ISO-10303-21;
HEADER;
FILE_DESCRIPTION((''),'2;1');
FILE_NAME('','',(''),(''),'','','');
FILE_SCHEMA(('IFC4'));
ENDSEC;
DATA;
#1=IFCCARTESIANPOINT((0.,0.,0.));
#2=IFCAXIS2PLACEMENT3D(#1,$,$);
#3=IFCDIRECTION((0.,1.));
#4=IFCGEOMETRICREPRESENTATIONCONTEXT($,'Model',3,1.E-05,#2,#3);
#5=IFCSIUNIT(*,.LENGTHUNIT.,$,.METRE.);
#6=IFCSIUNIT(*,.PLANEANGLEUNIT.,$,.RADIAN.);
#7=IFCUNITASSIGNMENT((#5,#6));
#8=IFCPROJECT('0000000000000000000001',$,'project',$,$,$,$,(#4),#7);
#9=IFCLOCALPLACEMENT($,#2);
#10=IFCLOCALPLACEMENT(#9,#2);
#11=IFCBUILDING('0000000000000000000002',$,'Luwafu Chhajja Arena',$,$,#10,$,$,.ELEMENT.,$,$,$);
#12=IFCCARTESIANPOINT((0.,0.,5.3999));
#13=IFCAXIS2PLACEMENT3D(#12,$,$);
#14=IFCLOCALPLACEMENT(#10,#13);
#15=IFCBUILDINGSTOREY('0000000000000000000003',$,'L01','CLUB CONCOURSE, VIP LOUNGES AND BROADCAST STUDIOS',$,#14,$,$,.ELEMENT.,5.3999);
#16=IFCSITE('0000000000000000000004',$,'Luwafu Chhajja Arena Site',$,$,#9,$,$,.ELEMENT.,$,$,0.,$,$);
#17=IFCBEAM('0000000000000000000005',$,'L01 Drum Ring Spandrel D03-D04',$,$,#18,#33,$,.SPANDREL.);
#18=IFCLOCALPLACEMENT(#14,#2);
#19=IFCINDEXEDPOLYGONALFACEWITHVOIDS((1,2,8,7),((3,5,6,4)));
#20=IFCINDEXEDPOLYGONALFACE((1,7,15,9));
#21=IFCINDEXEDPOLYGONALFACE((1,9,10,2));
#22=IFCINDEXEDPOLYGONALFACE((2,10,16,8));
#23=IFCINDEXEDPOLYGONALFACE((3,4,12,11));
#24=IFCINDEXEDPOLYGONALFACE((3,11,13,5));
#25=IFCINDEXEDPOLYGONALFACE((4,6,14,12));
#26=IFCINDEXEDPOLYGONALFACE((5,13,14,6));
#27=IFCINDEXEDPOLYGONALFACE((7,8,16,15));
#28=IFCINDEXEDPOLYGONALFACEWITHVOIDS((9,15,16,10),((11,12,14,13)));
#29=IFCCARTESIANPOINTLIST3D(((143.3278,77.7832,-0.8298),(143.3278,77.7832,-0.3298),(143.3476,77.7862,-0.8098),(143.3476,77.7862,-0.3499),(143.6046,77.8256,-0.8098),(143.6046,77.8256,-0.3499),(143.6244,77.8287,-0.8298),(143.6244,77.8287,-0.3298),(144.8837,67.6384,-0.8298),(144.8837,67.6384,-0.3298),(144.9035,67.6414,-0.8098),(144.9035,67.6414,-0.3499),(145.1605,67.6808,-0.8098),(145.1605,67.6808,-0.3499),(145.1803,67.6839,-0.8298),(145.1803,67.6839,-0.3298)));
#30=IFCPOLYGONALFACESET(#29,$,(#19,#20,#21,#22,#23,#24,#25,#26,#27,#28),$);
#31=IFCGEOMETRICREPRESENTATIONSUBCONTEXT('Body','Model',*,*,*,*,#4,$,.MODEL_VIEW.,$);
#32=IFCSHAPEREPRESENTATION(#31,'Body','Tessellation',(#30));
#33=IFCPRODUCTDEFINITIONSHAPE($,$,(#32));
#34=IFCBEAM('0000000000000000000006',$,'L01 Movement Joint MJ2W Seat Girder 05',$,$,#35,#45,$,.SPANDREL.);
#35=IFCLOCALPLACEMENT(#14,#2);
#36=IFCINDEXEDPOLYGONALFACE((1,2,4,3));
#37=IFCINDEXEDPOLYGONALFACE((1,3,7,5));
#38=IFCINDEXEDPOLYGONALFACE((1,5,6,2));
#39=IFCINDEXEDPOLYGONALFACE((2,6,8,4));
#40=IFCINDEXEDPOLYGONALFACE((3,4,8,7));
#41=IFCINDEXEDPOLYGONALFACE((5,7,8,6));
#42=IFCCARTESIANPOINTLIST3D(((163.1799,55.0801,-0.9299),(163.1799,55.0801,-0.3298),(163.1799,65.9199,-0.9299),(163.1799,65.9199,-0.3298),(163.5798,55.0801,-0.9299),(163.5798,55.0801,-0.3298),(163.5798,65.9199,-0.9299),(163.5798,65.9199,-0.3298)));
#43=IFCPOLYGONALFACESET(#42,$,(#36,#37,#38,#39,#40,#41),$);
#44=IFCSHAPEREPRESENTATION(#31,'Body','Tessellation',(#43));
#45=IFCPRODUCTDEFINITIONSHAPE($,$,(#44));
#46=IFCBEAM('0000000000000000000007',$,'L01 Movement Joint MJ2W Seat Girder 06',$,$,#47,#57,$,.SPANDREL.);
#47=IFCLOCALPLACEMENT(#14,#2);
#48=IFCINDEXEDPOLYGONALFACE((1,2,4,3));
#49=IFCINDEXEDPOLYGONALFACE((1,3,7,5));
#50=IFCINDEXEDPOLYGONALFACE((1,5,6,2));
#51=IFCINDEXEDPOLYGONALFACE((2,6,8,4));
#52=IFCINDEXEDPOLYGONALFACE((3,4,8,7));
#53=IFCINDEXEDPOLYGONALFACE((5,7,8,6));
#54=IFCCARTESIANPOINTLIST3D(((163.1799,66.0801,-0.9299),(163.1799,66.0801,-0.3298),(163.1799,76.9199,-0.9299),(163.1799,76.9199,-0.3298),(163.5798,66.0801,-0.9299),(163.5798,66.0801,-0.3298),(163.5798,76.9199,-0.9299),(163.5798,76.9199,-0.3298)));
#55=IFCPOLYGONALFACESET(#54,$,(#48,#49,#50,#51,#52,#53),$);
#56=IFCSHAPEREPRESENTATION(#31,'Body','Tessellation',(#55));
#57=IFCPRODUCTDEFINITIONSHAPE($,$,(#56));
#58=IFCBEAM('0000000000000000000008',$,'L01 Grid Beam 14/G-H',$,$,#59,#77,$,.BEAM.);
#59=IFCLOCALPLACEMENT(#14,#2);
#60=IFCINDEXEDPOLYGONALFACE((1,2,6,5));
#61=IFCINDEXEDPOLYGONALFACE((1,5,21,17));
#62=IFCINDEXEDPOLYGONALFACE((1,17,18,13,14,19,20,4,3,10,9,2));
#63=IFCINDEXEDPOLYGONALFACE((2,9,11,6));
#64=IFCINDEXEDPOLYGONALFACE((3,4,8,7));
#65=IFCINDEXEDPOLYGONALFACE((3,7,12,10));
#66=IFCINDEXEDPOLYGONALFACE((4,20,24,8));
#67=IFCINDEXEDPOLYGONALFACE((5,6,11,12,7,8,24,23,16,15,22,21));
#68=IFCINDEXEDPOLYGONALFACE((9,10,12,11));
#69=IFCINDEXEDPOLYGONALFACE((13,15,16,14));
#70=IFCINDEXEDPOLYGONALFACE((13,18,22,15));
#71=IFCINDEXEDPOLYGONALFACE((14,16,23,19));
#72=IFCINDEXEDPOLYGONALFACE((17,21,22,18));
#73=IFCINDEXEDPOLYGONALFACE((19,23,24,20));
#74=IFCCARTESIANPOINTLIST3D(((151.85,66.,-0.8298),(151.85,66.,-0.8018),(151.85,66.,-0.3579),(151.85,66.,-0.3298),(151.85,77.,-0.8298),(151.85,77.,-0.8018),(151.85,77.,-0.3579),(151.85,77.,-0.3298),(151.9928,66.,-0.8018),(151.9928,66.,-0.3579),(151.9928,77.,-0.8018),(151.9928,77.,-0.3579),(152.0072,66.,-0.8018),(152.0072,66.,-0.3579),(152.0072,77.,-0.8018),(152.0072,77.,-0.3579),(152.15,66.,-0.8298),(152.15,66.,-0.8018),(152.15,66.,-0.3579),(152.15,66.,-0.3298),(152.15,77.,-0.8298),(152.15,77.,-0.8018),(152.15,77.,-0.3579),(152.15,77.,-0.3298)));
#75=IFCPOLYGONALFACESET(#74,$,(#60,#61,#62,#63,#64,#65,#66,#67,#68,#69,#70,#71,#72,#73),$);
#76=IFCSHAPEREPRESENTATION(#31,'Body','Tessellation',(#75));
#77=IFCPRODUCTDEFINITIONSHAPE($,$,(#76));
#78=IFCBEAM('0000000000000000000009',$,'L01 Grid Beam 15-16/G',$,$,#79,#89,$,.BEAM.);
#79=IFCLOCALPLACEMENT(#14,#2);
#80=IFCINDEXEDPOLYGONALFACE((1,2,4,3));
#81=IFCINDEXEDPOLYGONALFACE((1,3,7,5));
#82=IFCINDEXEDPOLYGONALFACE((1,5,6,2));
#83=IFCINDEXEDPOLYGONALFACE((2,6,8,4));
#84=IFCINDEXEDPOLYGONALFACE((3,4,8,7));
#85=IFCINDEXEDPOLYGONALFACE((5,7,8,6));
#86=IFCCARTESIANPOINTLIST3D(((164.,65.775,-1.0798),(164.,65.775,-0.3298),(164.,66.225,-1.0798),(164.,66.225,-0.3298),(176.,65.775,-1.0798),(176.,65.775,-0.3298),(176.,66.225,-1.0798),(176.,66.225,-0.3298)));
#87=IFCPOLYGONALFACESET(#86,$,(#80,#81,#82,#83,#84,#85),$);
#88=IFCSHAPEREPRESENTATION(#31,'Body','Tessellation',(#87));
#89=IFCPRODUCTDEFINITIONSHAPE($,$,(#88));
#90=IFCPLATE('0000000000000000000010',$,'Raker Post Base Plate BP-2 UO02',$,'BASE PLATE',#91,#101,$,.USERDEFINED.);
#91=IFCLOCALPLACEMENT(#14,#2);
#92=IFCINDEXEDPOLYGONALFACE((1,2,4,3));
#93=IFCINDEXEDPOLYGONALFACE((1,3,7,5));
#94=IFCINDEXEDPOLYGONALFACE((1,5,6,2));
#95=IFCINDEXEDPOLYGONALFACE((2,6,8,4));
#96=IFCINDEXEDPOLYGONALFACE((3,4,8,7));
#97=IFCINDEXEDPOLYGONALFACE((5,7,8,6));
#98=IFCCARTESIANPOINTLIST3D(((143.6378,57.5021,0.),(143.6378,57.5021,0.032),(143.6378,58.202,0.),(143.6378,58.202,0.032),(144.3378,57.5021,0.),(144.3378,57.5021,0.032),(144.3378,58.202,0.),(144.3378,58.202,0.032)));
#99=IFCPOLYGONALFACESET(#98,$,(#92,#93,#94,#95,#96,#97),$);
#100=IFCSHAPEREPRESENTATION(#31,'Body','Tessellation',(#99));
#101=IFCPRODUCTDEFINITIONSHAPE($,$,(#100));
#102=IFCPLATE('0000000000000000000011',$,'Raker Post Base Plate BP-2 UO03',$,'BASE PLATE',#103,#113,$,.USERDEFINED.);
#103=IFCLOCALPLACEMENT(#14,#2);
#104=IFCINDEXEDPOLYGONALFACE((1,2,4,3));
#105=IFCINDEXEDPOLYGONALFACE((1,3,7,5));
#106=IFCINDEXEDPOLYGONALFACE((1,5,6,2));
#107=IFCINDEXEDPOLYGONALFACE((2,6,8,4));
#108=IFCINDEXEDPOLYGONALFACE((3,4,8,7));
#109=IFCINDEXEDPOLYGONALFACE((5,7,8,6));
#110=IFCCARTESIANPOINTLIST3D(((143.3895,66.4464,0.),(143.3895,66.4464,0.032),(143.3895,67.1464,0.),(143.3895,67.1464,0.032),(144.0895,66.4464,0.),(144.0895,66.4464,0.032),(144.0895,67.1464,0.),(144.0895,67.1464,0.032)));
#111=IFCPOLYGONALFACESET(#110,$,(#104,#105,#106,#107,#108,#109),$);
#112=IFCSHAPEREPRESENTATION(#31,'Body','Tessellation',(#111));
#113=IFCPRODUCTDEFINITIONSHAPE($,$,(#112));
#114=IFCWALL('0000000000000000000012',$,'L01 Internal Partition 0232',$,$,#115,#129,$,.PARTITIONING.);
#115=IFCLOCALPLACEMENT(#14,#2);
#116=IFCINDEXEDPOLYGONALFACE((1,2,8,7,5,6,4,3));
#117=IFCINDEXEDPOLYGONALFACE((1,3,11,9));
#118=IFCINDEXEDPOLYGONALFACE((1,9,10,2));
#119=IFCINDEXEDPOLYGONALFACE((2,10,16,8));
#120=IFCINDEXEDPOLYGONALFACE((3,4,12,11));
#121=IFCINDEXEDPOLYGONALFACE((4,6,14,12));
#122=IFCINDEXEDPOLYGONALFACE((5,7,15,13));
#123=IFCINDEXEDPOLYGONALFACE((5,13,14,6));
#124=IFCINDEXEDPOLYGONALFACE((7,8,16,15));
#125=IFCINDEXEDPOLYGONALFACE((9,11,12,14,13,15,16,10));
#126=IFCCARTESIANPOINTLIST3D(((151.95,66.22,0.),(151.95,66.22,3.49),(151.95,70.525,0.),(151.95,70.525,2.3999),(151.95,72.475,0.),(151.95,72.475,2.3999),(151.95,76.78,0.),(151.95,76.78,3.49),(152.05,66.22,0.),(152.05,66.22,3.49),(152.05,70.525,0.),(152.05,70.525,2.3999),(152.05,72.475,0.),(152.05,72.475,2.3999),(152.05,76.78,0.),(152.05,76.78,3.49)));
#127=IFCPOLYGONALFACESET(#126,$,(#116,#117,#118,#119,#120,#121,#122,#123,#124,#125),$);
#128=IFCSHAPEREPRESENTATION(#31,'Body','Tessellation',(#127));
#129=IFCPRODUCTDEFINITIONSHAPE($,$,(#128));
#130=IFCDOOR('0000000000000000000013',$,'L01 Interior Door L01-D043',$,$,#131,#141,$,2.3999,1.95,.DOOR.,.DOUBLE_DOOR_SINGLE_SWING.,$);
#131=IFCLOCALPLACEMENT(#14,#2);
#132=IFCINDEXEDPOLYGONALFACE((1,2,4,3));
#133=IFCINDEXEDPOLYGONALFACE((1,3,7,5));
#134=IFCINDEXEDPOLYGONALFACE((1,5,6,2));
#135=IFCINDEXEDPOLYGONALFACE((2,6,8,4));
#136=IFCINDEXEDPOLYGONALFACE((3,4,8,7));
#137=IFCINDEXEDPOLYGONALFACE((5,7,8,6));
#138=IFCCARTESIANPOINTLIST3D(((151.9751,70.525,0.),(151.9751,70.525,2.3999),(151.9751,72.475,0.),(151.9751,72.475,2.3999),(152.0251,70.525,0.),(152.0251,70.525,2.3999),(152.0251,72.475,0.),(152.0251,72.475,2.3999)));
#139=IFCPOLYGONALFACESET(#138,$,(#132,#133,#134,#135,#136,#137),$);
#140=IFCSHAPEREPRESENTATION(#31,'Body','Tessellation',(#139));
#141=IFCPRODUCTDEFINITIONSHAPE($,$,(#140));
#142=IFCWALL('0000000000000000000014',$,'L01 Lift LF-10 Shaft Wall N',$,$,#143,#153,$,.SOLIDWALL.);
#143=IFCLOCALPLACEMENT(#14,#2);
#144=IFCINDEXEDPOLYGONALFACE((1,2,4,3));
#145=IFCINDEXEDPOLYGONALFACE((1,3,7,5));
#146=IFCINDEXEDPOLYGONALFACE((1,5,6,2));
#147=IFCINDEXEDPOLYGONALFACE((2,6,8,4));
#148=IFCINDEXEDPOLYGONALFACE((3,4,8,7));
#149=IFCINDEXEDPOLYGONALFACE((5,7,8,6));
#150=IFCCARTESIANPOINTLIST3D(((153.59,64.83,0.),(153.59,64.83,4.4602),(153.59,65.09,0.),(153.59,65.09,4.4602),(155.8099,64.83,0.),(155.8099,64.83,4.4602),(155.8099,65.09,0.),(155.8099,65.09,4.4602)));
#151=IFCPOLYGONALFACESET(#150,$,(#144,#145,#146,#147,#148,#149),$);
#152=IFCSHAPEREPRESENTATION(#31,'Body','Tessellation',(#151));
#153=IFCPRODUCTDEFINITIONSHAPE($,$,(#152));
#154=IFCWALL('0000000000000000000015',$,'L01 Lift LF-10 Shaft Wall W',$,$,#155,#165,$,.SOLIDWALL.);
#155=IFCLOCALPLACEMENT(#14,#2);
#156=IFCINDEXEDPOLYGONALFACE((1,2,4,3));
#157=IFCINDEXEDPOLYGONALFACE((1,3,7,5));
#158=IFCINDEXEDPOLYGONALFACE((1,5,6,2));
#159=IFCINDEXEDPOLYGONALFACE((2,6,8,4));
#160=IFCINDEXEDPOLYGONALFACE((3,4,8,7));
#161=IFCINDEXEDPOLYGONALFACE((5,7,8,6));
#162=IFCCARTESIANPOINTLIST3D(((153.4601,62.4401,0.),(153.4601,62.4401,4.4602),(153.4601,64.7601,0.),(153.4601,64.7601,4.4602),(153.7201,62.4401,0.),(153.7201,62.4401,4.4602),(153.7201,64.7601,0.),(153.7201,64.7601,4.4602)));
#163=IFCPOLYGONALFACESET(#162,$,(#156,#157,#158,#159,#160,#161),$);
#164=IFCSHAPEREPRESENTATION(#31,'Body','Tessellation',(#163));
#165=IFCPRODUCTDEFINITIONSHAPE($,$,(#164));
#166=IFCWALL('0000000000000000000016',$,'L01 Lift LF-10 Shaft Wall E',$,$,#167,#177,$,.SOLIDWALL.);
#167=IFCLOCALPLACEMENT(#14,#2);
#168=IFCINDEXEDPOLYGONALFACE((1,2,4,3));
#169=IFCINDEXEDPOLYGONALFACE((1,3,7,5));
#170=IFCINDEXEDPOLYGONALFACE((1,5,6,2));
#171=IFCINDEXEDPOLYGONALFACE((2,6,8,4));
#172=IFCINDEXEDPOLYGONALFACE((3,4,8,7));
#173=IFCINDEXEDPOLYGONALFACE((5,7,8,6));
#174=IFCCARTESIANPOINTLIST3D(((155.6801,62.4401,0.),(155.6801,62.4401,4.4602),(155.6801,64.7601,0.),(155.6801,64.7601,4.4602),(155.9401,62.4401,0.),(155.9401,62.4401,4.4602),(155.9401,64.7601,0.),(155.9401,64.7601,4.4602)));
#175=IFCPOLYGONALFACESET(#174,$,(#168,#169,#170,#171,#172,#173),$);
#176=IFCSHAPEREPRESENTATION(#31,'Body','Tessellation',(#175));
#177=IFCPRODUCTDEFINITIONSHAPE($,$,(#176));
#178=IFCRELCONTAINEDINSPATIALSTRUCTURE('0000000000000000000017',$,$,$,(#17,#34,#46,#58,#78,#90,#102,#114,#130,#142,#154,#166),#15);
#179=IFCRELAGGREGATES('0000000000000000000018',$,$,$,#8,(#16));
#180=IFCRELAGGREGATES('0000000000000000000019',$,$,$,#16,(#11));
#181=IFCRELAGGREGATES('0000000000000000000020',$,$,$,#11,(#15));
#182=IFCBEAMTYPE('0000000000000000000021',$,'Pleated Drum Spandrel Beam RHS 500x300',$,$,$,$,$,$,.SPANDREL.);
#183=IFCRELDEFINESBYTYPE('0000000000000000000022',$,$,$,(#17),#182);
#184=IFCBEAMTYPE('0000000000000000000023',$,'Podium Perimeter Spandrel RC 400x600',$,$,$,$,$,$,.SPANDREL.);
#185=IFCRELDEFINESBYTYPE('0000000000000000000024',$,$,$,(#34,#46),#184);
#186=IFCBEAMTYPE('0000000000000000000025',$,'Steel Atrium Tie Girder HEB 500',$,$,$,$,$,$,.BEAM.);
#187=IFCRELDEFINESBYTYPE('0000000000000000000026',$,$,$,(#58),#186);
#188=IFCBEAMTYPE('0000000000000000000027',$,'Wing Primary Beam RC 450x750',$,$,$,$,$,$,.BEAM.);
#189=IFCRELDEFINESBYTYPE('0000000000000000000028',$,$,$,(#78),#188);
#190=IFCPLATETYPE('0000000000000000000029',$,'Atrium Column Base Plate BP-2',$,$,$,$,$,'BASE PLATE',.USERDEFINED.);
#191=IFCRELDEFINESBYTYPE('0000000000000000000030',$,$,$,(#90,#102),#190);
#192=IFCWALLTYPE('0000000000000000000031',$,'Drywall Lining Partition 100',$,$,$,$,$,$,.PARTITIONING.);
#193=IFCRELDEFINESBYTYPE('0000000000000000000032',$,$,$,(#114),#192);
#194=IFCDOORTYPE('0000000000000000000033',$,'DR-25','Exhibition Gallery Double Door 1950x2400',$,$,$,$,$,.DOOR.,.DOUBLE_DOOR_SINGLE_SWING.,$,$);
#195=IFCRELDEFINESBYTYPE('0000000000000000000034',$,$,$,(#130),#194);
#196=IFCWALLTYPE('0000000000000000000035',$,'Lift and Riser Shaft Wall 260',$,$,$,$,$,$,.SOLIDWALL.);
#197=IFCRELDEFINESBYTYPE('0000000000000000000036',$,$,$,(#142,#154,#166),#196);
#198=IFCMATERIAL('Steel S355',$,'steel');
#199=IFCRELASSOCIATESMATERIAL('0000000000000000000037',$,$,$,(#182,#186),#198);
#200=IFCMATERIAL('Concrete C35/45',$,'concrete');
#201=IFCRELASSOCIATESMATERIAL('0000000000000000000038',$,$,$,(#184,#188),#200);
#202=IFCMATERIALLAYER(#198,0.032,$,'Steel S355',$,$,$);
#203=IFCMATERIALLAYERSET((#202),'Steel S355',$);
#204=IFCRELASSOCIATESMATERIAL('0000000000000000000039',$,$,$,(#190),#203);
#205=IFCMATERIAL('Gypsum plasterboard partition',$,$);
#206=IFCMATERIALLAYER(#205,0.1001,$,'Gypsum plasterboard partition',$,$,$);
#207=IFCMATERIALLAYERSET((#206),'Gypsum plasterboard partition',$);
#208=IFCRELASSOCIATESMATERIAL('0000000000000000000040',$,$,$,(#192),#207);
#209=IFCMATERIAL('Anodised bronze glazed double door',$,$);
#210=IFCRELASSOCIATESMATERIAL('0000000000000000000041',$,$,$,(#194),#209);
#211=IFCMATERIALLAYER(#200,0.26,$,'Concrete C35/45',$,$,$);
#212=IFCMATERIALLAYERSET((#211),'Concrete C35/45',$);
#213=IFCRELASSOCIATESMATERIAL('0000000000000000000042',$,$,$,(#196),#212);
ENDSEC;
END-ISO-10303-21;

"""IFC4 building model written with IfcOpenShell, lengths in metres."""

from ifc_helpers import new_model, si_unit, direction, frame, frame_2d, origin, origin_2d, place, context, subcontext, project, spatial, rectangle, hollow_rectangle, i_section, extrude, material, layer, layer_set, material_profile, profile_set, type_object, element, fill, save


model = new_model("IFC4")

# Units and contexts
model_context = context("Model", 3, precision=1e-05, world=origin(), true_north=direction((0.0, 1.0)))
body_context = subcontext(model_context, "Body", "Model", "MODEL_VIEW")
ifc_project = project(units=[si_unit("LENGTHUNIT", "METRE"), si_unit("PLANEANGLEUNIT", "RADIAN")], contexts=[model_context])

# Site, building, storey
site_placement = place(None, origin())
site = spatial("IfcSite", under=ifc_project, at=site_placement, Name="Luwafu Chhajja Arena Site", CompositionType="ELEMENT", RefElevation=0.0)
building_placement = place(site_placement, origin())
building = spatial("IfcBuilding", under=site, at=building_placement, Name="Luwafu Chhajja Arena", CompositionType="ELEMENT")
storey_placement = place(building_placement, frame((0.0, 0.0, 5.3999)))
storey = spatial("IfcBuildingStorey", under=building, at=storey_placement, Name="L01", Description="CLUB CONCOURSE, VIP LOUNGES AND BROADCAST STUDIOS", CompositionType="ELEMENT", Elevation=5.3999)

# Shared definitions
ifc_material_1 = material(Name="Concrete C35/45", Category="concrete")
ifc_material_2 = material(Name="Steel S355", Category="steel")

# Beams
ifc_material_profile_1 = material_profile(ifc_material_2, hollow_rectangle(XDim=0.3, YDim=0.5, WallThickness=0.02, at=origin_2d()), Name="RHS 500x300x20")
ifc_profile_set_1 = profile_set([ifc_material_profile_1], Name="Steel S355")
beam_type_1 = type_object("IfcBeamType", Name="Pleated Drum Spandrel Beam RHS 500x300", PredefinedType="SPANDREL", material=ifc_profile_set_1)
beam_1_placement = place(storey_placement, frame((145.032, 67.6611, -0.5798), z_axis=(-0.151598, 0.988442, 0.0), x_axis=(-0.988442, -0.151598, 0.0)))
element("IfcBeam", 1, at=beam_1_placement, inside=storey, type_object=beam_type_1, Name="L01 Drum Ring Spandrel D03-D04", PredefinedType="SPANDREL", context=body_context, shape_type="SweptSolid", body=[
    extrude(hollow_rectangle(XDim=0.3, YDim=0.5, WallThickness=0.02, at=origin_2d()), origin(), (0.0, 0.0, 1.0), 10.2634),
])
ifc_material_profile_2 = material_profile(ifc_material_1, rectangle(XDim=0.3999, YDim=0.6001, at=origin_2d()), Name="RC 400x600")
ifc_profile_set_2 = profile_set([ifc_material_profile_2], Name="Concrete C35/45")
beam_type_2 = type_object("IfcBeamType", Name="Podium Perimeter Spandrel RC 400x600", PredefinedType="SPANDREL", material=ifc_profile_set_2)
for number, where, z_axis, x_axis, name in (
    (2, (163.3799, 55.0801, -0.6299), (0.0, 1.0, 0.0), (-1.0, 0.0, 0.0), "L01 Movement Joint MJ2W Seat Girder 05"),
    (3, (163.3799, 66.0801, -0.6299), (0.0, 1.0, 0.0), (-1.0, 0.0, 0.0), "L01 Movement Joint MJ2W Seat Girder 06"),
):
    element("IfcBeam", number, at=place(storey_placement, frame(where, z_axis=z_axis, x_axis=x_axis)), inside=storey, type_object=beam_type_2, Name=name, PredefinedType="SPANDREL", context=body_context, shape_type="SweptSolid", body=[
        extrude(rectangle(XDim=0.3999, YDim=0.6001, at=origin_2d()), origin(), (0.0, 0.0, 1.0), 10.8398),
    ])
ifc_material_profile_3 = material_profile(ifc_material_2, i_section(OverallWidth=0.3, OverallDepth=0.5, WebThickness=0.0144, FlangeThickness=0.0281, at=origin_2d()), Name="HEB 500")
ifc_profile_set_3 = profile_set([ifc_material_profile_3], Name="Steel S355")
beam_type_3 = type_object("IfcBeamType", Name="Steel Atrium Tie Girder HEB 500", PredefinedType="BEAM", material=ifc_profile_set_3)
beam_2_placement = place(storey_placement, frame((152.0, 66.0, -0.5798), z_axis=(0.0, 1.0, 0.0), x_axis=(-1.0, 0.0, 0.0)))
element("IfcBeam", 4, at=beam_2_placement, inside=storey, type_object=beam_type_3, Name="L01 Grid Beam 14/G-H", PredefinedType="BEAM", context=body_context, shape_type="SweptSolid", body=[
    extrude(i_section(OverallWidth=0.3, OverallDepth=0.5, WebThickness=0.0144, FlangeThickness=0.0281, at=origin_2d()), origin(), (0.0, 0.0, 1.0), 11.0),
])
ifc_material_profile_4 = material_profile(ifc_material_1, rectangle(XDim=0.45, YDim=0.75, at=origin_2d()), Name="RC 450x750")
ifc_profile_set_4 = profile_set([ifc_material_profile_4], Name="Concrete C35/45")
beam_type_4 = type_object("IfcBeamType", Name="Wing Primary Beam RC 450x750", PredefinedType="BEAM", material=ifc_profile_set_4)
beam_3_placement = place(storey_placement, frame((164.0, 66.0, -0.7048), z_axis=(1.0, 0.0, 0.0), x_axis=(0.0, 1.0, 0.0)))
element("IfcBeam", 5, at=beam_3_placement, inside=storey, type_object=beam_type_4, Name="L01 Grid Beam 15-16/G", PredefinedType="BEAM", context=body_context, shape_type="SweptSolid", body=[
    extrude(rectangle(XDim=0.45, YDim=0.75, at=origin_2d()), origin(), (0.0, 0.0, 1.0), 12.0),
])

# Plates
ifc_layer_1 = layer(ifc_material_2, 0.032, Name="Steel S355")
ifc_layer_set_1 = layer_set([ifc_layer_1], Name="Steel S355")
plate_type = type_object("IfcPlateType", Name="Atrium Column Base Plate BP-2", ElementType="BASE PLATE", PredefinedType="USERDEFINED", material=ifc_layer_set_1)
for number, where, z_axis, x_axis, name in (
    (6, (143.9878, 57.8521, 0.0), (0.0, 0.0, 1.0), (1.0, 0.0, 0.0), "Raker Post Base Plate BP-2 UO02"),
    (7, (143.7395, 66.7964, 0.0), (0.0, 0.0, 1.0), (1.0, 0.0, 0.0), "Raker Post Base Plate BP-2 UO03"),
):
    element("IfcPlate", number, at=place(storey_placement, frame(where, z_axis=z_axis, x_axis=x_axis)), inside=storey, type_object=plate_type, Name=name, ObjectType="BASE PLATE", PredefinedType="USERDEFINED", context=body_context, shape_type="SweptSolid", body=[
        extrude(rectangle(XDim=0.7, YDim=0.7, at=origin_2d()), origin(), (0.0, 0.0, 1.0), 0.032),
    ])

# Wall, opening, door
ifc_material_3 = material(Name="Gypsum plasterboard partition")
ifc_layer_2 = layer(ifc_material_3, 0.1001, Name="Gypsum plasterboard partition")
ifc_layer_set_2 = layer_set([ifc_layer_2], Name="Gypsum plasterboard partition")
wall_type_1 = type_object("IfcWallType", Name="Drywall Lining Partition 100", PredefinedType="PARTITIONING", material=ifc_layer_set_2)
wall_1_placement = place(storey_placement, frame((152.0, 66.22, 0.0), z_axis=(0.0, 0.0, 1.0), x_axis=(0.0, 1.0, 0.0)))
wall_1 = element("IfcWall", 8, at=wall_1_placement, inside=storey, type_object=wall_type_1, Name="L01 Internal Partition 0232", PredefinedType="PARTITIONING", context=body_context, shape_type="SweptSolid", body=[
    extrude(rectangle(XDim=10.5601, YDim=0.1001, at=frame_2d((5.28, 0.0))), origin(), (0.0, 0.0, 1.0), 3.49),
])
opening_1_placement = place(wall_1_placement, frame((4.3049, 0.0, 0.0)))
opening_1 = element("IfcOpeningElement", 9, at=opening_1_placement, cuts=wall_1, PredefinedType="OPENING", context=body_context, shape_type="SweptSolid", body=[
    extrude(rectangle(XDim=1.95, YDim=2.3999, at=frame_2d((0.9751, 1.2))), frame((0.0, 0.0601, 0.0), z_axis=(0.0, -1.0, 0.0), x_axis=(1.0, 0.0, 0.0)), (0.0, 0.0, 1.0), 0.1201),
])
ifc_material_4 = material(Name="Anodised bronze glazed double door")
door_type_1 = type_object("IfcDoorType", Name="DR-25", Description="Exhibition Gallery Double Door 1950x2400", OperationType="DOUBLE_DOOR_SINGLE_SWING", PredefinedType="DOOR", material=ifc_material_4)
door_1_placement = place(opening_1_placement, origin())
door_1 = element("IfcDoor", 10, at=door_1_placement, inside=storey, type_object=door_type_1, Name="L01 Interior Door L01-D043", OperationType="DOUBLE_DOOR_SINGLE_SWING", OverallHeight=2.3999, OverallWidth=1.95, PredefinedType="DOOR", context=body_context, shape_type="SweptSolid", body=[
    extrude(rectangle(XDim=1.95, YDim=2.3999, at=frame_2d((0.9751, 1.2))), frame((0.0, 0.0249, 0.0), z_axis=(0.0, -1.0, 0.0), x_axis=(1.0, 0.0, 0.0)), (0.0, 0.0, 1.0), 0.05),
])
fill(opening_1, door_1)
ifc_layer_3 = layer(ifc_material_1, 0.26, Name="Concrete C35/45")
ifc_layer_set_3 = layer_set([ifc_layer_3], Name="Concrete C35/45")
wall_type_2 = type_object("IfcWallType", Name="Lift and Riser Shaft Wall 260", PredefinedType="SOLIDWALL", material=ifc_layer_set_3)

# Walls
wall_2_placement = place(storey_placement, frame((153.5901, 64.96, 0.0), z_axis=(0.0, 0.0, 1.0), x_axis=(1.0, 0.0, 0.0)))
element("IfcWall", 11, at=wall_2_placement, inside=storey, type_object=wall_type_2, Name="L01 Lift LF-10 Shaft Wall N", PredefinedType="SOLIDWALL", context=body_context, shape_type="SweptSolid", body=[
    extrude(rectangle(XDim=2.22, YDim=0.26, at=frame_2d((1.1099, 0.0))), origin(), (0.0, 0.0, 1.0), 4.4602),
])
for number, where, z_axis, x_axis, name in (
    (12, (153.5901, 62.4399, 0.0), (0.0, 0.0, 1.0), (0.0, 1.0, 0.0), "L01 Lift LF-10 Shaft Wall W"),
    (13, (155.8101, 62.4399, 0.0), (0.0, 0.0, 1.0), (0.0, 1.0, 0.0), "L01 Lift LF-10 Shaft Wall E"),
):
    element("IfcWall", number, at=place(storey_placement, frame(where, z_axis=z_axis, x_axis=x_axis)), inside=storey, type_object=wall_type_2, Name=name, PredefinedType="SOLIDWALL", context=body_context, shape_type="SweptSolid", body=[
        extrude(rectangle(XDim=2.3201, YDim=0.26, at=frame_2d((1.1602, 0.0))), origin(), (0.0, 0.0, 1.0), 4.4602),
    ])

save(model, "model.ifc")
